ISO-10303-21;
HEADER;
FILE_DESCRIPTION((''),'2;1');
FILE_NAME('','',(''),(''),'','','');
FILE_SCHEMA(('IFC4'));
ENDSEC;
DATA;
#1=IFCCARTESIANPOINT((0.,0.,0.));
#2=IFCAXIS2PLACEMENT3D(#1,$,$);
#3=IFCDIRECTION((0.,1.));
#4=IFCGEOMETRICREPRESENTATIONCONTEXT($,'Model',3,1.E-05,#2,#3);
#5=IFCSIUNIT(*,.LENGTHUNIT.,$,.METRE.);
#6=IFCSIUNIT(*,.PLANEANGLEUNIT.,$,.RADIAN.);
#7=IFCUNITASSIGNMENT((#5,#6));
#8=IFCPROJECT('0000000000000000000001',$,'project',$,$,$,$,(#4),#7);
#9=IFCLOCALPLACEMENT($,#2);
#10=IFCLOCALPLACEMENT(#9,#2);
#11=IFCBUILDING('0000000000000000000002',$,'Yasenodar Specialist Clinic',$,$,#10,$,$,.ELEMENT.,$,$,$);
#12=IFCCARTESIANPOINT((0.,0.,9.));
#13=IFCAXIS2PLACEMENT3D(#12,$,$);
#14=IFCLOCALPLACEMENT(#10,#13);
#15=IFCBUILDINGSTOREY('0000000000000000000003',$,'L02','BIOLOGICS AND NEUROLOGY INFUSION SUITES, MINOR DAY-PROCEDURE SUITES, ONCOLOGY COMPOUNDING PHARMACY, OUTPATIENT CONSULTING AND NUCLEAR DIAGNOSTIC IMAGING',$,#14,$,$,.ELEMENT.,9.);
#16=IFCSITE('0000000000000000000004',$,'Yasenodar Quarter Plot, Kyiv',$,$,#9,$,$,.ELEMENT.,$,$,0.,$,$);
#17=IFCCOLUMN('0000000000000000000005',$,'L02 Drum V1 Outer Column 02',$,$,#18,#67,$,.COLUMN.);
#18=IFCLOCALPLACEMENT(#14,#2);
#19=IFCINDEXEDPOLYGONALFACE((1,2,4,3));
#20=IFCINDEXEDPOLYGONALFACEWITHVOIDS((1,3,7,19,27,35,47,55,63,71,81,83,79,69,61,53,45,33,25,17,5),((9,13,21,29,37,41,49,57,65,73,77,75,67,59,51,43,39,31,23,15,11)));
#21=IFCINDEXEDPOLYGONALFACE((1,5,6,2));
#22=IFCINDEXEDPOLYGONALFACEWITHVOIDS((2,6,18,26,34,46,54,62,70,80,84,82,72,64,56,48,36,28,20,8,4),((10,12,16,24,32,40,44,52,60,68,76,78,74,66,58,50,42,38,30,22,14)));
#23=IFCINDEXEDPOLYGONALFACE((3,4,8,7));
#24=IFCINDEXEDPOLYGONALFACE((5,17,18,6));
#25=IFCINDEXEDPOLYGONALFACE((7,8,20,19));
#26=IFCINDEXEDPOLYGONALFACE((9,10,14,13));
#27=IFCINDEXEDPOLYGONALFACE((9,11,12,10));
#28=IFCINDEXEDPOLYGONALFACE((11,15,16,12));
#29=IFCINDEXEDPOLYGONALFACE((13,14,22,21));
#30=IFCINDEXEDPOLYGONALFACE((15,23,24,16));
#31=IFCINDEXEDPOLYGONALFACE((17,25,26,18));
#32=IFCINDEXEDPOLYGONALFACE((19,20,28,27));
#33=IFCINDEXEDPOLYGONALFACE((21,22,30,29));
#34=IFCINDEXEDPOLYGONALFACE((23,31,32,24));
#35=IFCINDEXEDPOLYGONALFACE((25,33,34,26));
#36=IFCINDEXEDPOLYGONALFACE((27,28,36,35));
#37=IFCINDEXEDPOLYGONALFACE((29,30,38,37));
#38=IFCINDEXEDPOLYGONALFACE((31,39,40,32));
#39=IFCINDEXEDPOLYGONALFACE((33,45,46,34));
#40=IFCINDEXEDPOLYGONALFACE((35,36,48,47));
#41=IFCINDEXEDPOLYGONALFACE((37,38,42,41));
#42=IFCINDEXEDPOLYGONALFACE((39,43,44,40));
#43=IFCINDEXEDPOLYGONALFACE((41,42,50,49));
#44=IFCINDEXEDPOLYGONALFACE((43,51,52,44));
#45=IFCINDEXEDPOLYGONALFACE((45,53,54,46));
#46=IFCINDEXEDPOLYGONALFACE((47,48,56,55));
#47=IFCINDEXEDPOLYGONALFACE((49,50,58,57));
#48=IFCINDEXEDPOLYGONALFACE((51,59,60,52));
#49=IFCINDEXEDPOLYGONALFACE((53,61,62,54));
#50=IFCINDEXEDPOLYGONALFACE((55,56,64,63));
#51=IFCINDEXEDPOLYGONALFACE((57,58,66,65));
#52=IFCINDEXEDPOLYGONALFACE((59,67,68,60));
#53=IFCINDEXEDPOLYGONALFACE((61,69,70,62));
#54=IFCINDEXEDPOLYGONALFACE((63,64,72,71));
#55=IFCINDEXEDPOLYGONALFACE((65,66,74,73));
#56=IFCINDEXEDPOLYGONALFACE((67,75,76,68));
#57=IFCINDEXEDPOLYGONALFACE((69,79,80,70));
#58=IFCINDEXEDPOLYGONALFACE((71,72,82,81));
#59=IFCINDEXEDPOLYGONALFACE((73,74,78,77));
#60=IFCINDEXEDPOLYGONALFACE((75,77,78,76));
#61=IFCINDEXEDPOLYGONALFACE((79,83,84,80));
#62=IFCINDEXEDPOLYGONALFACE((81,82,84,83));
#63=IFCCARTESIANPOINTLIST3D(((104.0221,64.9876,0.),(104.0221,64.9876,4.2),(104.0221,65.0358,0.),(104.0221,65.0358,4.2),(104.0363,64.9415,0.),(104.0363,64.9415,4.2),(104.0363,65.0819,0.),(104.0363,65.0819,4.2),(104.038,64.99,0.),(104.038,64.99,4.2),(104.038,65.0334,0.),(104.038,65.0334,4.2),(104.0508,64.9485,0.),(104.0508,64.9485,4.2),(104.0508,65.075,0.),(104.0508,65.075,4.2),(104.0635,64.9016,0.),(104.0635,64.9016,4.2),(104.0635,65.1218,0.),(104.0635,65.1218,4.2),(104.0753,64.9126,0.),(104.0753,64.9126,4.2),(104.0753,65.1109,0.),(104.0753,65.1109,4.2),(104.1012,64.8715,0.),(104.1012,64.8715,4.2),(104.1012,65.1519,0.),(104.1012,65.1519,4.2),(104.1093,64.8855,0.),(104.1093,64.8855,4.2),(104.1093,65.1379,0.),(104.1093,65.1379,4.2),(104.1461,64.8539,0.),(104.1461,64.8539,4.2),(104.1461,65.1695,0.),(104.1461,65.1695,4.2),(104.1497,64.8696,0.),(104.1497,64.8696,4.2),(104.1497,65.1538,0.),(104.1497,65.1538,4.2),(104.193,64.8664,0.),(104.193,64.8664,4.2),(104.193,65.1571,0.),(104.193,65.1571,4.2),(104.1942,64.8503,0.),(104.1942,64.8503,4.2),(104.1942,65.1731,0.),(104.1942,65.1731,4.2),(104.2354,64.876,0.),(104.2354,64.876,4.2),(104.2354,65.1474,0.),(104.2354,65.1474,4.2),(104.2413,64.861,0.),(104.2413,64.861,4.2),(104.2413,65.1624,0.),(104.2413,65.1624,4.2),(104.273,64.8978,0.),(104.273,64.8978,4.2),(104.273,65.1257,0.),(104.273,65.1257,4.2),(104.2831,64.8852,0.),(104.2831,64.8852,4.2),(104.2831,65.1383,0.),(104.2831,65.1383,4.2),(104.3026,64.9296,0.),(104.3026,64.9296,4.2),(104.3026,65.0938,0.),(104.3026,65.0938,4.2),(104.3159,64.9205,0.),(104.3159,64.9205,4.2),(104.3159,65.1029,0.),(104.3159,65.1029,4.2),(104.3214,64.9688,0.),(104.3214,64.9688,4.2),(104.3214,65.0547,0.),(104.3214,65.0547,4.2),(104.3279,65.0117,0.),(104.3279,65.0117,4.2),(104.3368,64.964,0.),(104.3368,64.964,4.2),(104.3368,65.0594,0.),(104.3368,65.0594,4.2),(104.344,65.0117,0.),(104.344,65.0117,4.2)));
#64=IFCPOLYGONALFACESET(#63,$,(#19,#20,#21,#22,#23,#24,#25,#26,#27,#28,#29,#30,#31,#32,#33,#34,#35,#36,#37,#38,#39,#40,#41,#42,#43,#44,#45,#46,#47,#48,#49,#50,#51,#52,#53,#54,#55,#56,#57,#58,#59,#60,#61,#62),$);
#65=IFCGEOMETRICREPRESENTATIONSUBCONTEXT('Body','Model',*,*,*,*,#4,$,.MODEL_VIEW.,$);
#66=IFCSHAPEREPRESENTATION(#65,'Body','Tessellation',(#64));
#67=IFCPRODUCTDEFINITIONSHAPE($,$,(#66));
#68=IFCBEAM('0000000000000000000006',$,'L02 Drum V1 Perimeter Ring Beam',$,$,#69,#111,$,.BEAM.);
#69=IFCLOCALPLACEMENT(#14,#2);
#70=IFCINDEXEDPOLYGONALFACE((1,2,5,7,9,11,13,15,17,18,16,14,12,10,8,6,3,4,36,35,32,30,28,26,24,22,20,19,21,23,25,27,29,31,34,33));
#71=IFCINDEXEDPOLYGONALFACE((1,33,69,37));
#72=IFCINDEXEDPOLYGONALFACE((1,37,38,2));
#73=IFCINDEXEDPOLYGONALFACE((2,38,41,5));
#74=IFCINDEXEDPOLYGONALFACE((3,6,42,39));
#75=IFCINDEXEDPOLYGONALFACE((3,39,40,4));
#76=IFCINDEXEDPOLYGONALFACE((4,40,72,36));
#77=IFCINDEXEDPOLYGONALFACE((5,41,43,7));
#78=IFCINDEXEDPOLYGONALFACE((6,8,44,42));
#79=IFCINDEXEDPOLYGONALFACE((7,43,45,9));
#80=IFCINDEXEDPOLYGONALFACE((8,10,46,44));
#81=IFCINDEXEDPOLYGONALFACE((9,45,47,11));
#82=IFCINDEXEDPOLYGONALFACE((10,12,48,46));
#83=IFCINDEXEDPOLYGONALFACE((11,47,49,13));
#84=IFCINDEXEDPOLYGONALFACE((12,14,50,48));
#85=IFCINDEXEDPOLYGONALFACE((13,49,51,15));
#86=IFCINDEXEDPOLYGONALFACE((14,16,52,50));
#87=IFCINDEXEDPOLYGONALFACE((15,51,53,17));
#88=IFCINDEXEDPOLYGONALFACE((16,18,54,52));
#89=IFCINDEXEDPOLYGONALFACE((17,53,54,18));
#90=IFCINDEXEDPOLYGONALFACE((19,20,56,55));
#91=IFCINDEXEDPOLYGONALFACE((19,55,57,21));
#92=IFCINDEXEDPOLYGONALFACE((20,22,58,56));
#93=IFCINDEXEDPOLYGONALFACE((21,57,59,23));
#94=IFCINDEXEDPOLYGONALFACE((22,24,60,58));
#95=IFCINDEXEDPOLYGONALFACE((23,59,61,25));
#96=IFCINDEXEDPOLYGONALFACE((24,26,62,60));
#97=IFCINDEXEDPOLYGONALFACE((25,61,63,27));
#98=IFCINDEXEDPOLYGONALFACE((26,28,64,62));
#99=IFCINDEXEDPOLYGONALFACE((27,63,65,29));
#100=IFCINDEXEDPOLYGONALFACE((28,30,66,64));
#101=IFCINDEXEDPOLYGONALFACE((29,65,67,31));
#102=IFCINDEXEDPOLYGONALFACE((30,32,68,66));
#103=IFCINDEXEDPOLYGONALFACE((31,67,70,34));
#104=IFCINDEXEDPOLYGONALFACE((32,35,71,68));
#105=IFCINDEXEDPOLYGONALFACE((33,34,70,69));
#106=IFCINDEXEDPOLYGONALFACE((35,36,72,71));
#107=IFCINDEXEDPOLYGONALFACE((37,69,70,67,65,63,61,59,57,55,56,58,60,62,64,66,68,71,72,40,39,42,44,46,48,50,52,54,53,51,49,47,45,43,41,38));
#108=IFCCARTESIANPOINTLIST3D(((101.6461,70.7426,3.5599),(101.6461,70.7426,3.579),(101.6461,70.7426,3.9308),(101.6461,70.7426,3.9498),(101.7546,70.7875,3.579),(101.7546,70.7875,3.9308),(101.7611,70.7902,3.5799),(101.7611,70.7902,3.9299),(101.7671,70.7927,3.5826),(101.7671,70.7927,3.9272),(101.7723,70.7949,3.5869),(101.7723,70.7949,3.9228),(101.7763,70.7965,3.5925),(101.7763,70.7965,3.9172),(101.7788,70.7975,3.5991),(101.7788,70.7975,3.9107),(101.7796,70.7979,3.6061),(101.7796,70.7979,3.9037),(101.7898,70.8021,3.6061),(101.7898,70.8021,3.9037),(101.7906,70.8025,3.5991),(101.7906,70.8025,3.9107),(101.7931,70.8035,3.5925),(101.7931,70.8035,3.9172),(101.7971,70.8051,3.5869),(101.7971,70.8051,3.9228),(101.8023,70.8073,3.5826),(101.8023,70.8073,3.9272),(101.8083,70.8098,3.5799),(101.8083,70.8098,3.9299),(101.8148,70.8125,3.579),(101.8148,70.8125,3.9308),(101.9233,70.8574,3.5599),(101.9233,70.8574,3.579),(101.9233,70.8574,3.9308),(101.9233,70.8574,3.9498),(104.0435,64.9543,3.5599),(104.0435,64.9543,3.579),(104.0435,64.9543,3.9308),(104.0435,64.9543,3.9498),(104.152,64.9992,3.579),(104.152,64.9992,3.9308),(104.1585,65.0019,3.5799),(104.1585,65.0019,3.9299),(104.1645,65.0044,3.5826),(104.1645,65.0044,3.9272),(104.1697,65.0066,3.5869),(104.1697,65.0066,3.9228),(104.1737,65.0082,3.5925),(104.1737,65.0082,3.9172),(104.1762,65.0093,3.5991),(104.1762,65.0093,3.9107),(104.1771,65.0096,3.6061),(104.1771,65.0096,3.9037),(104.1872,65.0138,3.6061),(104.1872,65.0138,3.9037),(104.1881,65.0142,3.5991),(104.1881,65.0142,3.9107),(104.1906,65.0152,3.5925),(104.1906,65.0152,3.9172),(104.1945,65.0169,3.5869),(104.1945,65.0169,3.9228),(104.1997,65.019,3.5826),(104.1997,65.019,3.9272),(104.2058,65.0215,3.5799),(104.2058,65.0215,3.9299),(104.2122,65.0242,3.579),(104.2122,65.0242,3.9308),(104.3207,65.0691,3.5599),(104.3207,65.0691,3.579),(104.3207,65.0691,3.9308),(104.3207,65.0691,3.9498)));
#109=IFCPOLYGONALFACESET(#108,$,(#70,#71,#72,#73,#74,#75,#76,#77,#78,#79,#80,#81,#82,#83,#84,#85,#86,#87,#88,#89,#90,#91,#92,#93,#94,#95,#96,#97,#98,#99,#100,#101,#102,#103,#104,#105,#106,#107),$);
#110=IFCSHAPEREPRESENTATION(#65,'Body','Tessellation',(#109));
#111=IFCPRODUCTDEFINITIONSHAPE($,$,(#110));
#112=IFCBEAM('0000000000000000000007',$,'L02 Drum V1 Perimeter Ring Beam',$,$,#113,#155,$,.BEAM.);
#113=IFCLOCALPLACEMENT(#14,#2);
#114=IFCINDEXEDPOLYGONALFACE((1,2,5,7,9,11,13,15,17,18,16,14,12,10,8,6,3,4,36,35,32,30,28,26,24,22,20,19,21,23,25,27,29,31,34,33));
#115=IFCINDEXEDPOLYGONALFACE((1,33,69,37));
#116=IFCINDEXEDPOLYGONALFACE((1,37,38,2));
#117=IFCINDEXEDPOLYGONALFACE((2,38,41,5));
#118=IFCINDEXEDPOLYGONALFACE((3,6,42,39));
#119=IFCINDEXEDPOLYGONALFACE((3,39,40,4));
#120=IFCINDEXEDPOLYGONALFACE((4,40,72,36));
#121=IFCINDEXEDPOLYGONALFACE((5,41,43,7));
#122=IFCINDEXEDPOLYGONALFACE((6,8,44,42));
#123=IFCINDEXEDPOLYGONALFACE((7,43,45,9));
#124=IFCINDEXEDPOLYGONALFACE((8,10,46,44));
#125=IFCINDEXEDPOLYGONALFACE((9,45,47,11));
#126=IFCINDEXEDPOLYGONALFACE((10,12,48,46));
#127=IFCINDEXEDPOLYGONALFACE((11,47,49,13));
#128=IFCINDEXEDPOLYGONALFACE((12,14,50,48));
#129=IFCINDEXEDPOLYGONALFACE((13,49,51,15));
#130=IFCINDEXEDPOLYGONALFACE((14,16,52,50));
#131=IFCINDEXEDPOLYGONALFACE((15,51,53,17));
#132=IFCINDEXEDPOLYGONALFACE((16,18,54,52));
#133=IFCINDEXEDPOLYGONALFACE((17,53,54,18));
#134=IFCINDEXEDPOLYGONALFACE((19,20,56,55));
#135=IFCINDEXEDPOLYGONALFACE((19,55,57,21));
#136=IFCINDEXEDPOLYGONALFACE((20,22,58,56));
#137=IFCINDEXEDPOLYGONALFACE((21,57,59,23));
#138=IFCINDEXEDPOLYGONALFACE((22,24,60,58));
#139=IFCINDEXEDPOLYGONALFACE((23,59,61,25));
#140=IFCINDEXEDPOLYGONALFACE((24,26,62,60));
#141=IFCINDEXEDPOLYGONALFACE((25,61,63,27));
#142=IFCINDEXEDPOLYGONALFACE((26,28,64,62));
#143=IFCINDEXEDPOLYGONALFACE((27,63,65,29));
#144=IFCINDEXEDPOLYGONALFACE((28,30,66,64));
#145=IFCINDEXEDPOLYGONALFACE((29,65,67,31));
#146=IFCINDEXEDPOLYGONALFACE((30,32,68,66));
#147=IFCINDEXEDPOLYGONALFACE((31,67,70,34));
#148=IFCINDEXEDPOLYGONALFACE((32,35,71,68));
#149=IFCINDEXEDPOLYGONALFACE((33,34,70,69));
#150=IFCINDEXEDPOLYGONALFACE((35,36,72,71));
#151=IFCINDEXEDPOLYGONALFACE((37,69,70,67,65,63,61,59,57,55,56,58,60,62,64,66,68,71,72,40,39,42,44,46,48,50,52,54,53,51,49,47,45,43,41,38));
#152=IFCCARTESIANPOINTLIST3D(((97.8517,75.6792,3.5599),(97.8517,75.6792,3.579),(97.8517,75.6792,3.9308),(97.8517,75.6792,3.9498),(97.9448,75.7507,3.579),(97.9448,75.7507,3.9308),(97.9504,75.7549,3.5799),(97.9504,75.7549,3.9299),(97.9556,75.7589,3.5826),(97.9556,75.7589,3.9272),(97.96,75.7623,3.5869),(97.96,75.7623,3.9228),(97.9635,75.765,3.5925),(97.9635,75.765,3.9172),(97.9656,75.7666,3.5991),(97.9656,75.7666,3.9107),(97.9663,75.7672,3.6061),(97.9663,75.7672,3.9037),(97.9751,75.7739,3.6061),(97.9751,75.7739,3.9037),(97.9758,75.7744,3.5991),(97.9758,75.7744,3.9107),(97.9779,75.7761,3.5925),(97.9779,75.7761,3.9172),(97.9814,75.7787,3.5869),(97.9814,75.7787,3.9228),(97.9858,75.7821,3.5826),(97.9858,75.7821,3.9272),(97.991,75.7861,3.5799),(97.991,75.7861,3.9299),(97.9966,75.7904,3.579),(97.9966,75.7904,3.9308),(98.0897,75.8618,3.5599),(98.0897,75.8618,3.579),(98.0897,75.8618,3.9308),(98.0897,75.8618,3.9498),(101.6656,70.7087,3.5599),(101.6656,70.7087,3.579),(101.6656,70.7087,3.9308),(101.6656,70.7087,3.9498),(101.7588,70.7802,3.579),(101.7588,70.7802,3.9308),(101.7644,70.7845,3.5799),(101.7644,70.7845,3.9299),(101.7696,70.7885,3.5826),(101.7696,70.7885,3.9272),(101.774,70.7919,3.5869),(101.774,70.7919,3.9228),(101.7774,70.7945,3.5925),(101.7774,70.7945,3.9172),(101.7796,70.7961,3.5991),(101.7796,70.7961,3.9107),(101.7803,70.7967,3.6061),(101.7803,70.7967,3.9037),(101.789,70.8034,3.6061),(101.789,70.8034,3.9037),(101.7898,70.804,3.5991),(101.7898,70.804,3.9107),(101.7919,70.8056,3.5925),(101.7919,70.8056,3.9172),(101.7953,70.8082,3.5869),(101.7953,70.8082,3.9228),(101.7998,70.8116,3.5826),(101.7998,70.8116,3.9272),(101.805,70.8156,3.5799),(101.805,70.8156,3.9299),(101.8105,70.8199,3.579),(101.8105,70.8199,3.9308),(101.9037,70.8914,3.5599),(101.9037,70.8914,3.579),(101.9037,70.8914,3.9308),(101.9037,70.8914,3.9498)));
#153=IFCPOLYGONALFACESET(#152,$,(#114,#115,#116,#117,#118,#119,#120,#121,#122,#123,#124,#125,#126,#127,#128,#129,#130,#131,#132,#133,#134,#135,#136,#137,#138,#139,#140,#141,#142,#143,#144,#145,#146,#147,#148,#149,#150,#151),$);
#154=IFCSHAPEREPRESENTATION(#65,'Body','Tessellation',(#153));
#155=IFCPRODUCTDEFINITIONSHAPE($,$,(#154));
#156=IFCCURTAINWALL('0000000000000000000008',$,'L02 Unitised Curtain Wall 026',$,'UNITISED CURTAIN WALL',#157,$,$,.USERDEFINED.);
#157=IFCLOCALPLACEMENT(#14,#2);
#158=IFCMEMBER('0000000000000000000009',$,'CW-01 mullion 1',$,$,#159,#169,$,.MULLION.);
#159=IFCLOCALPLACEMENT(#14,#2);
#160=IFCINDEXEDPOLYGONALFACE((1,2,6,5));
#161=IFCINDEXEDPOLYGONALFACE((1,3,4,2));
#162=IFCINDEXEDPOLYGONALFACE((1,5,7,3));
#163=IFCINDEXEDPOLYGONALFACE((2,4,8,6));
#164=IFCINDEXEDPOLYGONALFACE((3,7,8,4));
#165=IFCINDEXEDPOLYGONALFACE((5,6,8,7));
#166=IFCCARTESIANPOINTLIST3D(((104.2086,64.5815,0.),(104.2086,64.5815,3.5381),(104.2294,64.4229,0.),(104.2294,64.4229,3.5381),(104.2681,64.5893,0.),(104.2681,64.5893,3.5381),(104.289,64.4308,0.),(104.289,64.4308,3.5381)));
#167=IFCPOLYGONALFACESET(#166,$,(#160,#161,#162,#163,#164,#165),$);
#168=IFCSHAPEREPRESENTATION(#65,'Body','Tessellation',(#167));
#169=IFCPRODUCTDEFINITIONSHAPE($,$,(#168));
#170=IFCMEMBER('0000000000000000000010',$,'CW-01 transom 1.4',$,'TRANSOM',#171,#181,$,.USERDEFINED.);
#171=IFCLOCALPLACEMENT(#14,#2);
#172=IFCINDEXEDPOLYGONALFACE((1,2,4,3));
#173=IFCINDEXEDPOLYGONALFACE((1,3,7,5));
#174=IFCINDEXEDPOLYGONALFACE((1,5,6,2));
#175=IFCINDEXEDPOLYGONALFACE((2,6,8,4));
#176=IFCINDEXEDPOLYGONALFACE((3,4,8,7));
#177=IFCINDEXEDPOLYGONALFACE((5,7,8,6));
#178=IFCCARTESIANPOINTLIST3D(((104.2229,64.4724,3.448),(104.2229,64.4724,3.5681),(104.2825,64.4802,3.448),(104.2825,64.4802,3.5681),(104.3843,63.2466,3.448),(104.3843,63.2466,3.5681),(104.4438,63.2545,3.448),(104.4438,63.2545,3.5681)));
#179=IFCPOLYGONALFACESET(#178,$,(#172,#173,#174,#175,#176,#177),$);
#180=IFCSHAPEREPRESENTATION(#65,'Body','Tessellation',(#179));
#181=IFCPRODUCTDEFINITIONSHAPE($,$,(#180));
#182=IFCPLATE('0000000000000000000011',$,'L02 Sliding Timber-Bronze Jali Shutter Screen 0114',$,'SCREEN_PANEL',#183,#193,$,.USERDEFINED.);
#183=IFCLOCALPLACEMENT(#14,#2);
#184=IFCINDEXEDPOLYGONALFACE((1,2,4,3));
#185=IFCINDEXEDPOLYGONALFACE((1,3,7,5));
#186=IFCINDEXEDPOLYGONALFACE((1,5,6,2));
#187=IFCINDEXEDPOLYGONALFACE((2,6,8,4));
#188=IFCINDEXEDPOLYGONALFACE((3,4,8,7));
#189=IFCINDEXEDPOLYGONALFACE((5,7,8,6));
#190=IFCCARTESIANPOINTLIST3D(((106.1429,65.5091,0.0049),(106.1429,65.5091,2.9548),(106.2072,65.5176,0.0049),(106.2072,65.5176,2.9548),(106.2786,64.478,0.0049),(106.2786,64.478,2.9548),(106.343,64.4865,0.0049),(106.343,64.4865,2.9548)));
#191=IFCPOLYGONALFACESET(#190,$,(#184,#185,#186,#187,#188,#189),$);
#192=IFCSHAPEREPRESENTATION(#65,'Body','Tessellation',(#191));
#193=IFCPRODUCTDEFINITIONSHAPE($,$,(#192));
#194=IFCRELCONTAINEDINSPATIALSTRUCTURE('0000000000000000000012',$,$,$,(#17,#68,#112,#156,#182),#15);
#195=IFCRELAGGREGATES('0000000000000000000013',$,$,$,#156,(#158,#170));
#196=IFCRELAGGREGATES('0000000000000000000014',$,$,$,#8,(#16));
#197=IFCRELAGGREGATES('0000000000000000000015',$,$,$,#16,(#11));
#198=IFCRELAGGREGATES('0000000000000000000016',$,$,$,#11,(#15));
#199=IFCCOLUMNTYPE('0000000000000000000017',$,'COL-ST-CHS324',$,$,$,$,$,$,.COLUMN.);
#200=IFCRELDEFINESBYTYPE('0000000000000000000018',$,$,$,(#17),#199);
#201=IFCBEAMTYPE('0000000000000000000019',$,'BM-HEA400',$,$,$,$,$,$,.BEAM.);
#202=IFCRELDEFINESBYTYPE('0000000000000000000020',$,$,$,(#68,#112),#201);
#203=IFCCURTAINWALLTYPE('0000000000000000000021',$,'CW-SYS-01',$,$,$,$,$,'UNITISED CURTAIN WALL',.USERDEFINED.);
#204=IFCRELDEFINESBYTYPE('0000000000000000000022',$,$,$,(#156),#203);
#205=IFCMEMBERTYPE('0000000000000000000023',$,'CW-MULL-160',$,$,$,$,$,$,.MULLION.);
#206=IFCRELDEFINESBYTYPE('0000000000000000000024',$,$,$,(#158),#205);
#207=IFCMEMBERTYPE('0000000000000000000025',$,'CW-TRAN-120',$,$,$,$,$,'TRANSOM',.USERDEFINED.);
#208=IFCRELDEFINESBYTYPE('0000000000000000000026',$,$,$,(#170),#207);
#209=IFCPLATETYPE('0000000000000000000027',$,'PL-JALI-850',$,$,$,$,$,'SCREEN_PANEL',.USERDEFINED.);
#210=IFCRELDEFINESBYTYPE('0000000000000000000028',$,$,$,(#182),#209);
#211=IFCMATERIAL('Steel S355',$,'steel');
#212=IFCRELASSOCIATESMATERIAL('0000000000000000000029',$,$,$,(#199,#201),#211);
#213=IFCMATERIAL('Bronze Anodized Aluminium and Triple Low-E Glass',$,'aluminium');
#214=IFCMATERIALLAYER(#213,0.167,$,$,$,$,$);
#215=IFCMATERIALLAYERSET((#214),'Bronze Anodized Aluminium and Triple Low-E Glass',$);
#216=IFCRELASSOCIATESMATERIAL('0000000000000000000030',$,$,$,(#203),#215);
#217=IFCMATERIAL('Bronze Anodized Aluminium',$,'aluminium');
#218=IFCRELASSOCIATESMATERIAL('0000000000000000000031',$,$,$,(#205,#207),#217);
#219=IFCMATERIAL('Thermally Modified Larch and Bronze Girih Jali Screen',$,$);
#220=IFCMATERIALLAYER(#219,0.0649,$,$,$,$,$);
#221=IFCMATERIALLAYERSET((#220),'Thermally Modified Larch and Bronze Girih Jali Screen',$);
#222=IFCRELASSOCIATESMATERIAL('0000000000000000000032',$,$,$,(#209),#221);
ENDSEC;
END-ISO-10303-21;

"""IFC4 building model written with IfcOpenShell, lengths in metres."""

from ifc_helpers import new_model, si_unit, direction, frame, origin, origin_2d, place, context, subcontext, project, spatial, rectangle, hollow_circle, i_section, extrude, material, layer, layer_set, material_profile, profile_set, type_object, element, aggregate, save


model = new_model("IFC4")

# Units and contexts
model_context = context("Model", 3, precision=1e-05, world=origin(), true_north=direction((0.0, 1.0)))
body_context = subcontext(model_context, "Body", "Model", "MODEL_VIEW")
ifc_project = project(units=[si_unit("LENGTHUNIT", "METRE"), si_unit("PLANEANGLEUNIT", "RADIAN")], contexts=[model_context])

# Site, building, storey
site_placement = place(None, origin())
site = spatial("IfcSite", under=ifc_project, at=site_placement, Name="Yasenodar Quarter Plot, Kyiv", CompositionType="ELEMENT", RefElevation=0.0)
building_placement = place(site_placement, origin())
building = spatial("IfcBuilding", under=site, at=building_placement, Name="Yasenodar Specialist Clinic", CompositionType="ELEMENT")
storey_placement = place(building_placement, frame((0.0, 0.0, 9.0)))
storey = spatial("IfcBuildingStorey", under=building, at=storey_placement, Name="L02", Description="BIOLOGICS AND NEUROLOGY INFUSION SUITES, MINOR DAY-PROCEDURE SUITES, ONCOLOGY COMPOUNDING PHARMACY, OUTPATIENT CONSULTING AND NUCLEAR DIAGNOSTIC IMAGING", CompositionType="ELEMENT", Elevation=9.0)

# Column
ifc_material_1 = material(Name="Steel S355", Category="steel")
ifc_material_profile_1 = material_profile(ifc_material_1, hollow_circle(Radius=0.1619, WallThickness=0.0161, at=origin_2d()), Name="CHS 323.9x16")
ifc_profile_set_1 = profile_set([ifc_material_profile_1], Name="Steel S355")
column_type = type_object("IfcColumnType", Name="COL-ST-CHS324", PredefinedType="COLUMN", material=ifc_profile_set_1)
column_placement = place(storey_placement, frame((104.1821, 65.0117, 0.0), z_axis=(0.0, 0.0, 1.0), x_axis=(1.0, 0.0, 0.0)))
element("IfcColumn", 1, at=column_placement, inside=storey, type_object=column_type, Name="L02 Drum V1 Outer Column 02", PredefinedType="COLUMN", context=body_context, shape_type="SweptSolid", body=[
    extrude(hollow_circle(Radius=0.1619, WallThickness=0.0161, at=origin_2d()), origin(), (0.0, 0.0, 1.0), 4.2),
])

# Beams
ifc_material_profile_2 = material_profile(ifc_material_1, i_section(OverallWidth=0.3, OverallDepth=0.3899, WebThickness=0.011, FlangeThickness=0.019, FilletRadius=0.0271, at=origin_2d()), Name="HEA 400")
ifc_profile_set_2 = profile_set([ifc_material_profile_2], Name="Steel S355")
beam_type = type_object("IfcBeamType", Name="BM-HEA400", PredefinedType="BEAM", material=ifc_profile_set_2)
for number, where, z_axis, x_axis, name in (
    (2, (104.1821, 65.0117, 3.7549), (-0.382664, 0.923888, 0.0), (-0.923888, -0.382664, 0.0), "L02 Drum V1 Perimeter Ring Beam"),
    (3, (101.7847, 70.8, 3.7549), (-0.608761, 0.793354, 0.0), (-0.793354, -0.608761, 0.0), "L02 Drum V1 Perimeter Ring Beam"),
):
    element("IfcBeam", number, at=place(storey_placement, frame(where, z_axis=z_axis, x_axis=x_axis)), inside=storey, type_object=beam_type, Name=name, PredefinedType="BEAM", context=body_context, shape_type="SweptSolid", body=[
        extrude(i_section(OverallWidth=0.3, OverallDepth=0.3899, WebThickness=0.011, FlangeThickness=0.019, FilletRadius=0.0271, at=origin_2d()), origin(), (0.0, 0.0, 1.0), 6.2651),
    ])

# Curtain wall, members
ifc_material_2 = material(Name="Bronze Anodized Aluminium and Triple Low-E Glass", Category="aluminium")
ifc_layer_1 = layer(ifc_material_2, 0.167)
ifc_layer_set_1 = layer_set([ifc_layer_1], Name="Bronze Anodized Aluminium and Triple Low-E Glass")
curtain_wall_type = type_object("IfcCurtainWallType", Name="CW-SYS-01", ElementType="UNITISED CURTAIN WALL", PredefinedType="USERDEFINED", material=ifc_layer_set_1)
curtain_wall_placement = place(storey_placement, origin())
curtain_wall = element("IfcCurtainWall", 4, at=curtain_wall_placement, inside=storey, type_object=curtain_wall_type, Name="L02 Unitised Curtain Wall 026", ObjectType="UNITISED CURTAIN WALL", PredefinedType="USERDEFINED")
ifc_material_3 = material(Name="Bronze Anodized Aluminium", Category="aluminium")
ifc_material_profile_3 = material_profile(ifc_material_3, rectangle(XDim=0.0601, YDim=0.1599, at=origin_2d()), Name="CW-MULL 60x160")
ifc_profile_set_3 = profile_set([ifc_material_profile_3], Name="Bronze Anodized Aluminium")
member_type_1 = type_object("IfcMemberType", Name="CW-MULL-160", PredefinedType="MULLION", material=ifc_profile_set_3)
member_1_placement = place(storey_placement, frame((104.2488, 64.5061, 0.0), z_axis=(0.0, 0.0, 1.0), x_axis=(0.991447, 0.130512, 0.0)))
member_1 = element("IfcMember", 5, at=member_1_placement, type_object=member_type_1, Name="CW-01 mullion 1", PredefinedType="MULLION", context=body_context, shape_type="SweptSolid", body=[
    extrude(rectangle(XDim=0.0601, YDim=0.1599, at=origin_2d()), origin(), (0.0, 0.0, 1.0), 3.5381),
])
ifc_material_profile_4 = material_profile(ifc_material_3, rectangle(XDim=0.0601, YDim=0.1201, at=origin_2d()), Name="CW-TRAN 60x120")
ifc_profile_set_4 = profile_set([ifc_material_profile_4], Name="Bronze Anodized Aluminium")
member_type_2 = type_object("IfcMemberType", Name="CW-TRAN-120", ElementType="TRANSOM", PredefinedType="USERDEFINED", material=ifc_profile_set_4)
member_2_placement = place(storey_placement, frame((104.2527, 64.4763, 3.5081), z_axis=(0.130521, -0.991446, 0.0), x_axis=(0.991446, 0.130521, 0.0)))
member_2 = element("IfcMember", 6, at=member_2_placement, type_object=member_type_2, Name="CW-01 transom 1.4", ObjectType="TRANSOM", PredefinedType="USERDEFINED", context=body_context, shape_type="SweptSolid", body=[
    extrude(rectangle(XDim=0.0601, YDim=0.1201, at=origin_2d()), origin(), (0.0, 0.0, 1.0), 1.2363),
])
aggregate(curtain_wall, [member_1, member_2])

# Plate
ifc_material_4 = material(Name="Thermally Modified Larch and Bronze Girih Jali Screen")
ifc_layer_2 = layer(ifc_material_4, 0.0649)
ifc_layer_set_2 = layer_set([ifc_layer_2], Name="Thermally Modified Larch and Bronze Girih Jali Screen")
plate_type = type_object("IfcPlateType", Name="PL-JALI-850", ElementType="SCREEN_PANEL", PredefinedType="USERDEFINED", material=ifc_layer_set_2)
for number, where, z_axis, x_axis, name in (
    (7, (106.2429, 64.9978, 0.0049), (0.0, 0.0, 1.0), (-0.130519, 0.991446, 0.0), "L02 Sliding Timber-Bronze Jali Shutter Screen 0114"),
):
    element("IfcPlate", number, at=place(storey_placement, frame(where, z_axis=z_axis, x_axis=x_axis)), inside=storey, type_object=plate_type, Name=name, ObjectType="SCREEN_PANEL", PredefinedType="USERDEFINED", context=body_context, shape_type="SweptSolid", body=[
        extrude(rectangle(XDim=1.04, YDim=0.0649, at=origin_2d()), origin(), (0.0, 0.0, 1.0), 2.95),
    ])

save(model, "model.ifc")
